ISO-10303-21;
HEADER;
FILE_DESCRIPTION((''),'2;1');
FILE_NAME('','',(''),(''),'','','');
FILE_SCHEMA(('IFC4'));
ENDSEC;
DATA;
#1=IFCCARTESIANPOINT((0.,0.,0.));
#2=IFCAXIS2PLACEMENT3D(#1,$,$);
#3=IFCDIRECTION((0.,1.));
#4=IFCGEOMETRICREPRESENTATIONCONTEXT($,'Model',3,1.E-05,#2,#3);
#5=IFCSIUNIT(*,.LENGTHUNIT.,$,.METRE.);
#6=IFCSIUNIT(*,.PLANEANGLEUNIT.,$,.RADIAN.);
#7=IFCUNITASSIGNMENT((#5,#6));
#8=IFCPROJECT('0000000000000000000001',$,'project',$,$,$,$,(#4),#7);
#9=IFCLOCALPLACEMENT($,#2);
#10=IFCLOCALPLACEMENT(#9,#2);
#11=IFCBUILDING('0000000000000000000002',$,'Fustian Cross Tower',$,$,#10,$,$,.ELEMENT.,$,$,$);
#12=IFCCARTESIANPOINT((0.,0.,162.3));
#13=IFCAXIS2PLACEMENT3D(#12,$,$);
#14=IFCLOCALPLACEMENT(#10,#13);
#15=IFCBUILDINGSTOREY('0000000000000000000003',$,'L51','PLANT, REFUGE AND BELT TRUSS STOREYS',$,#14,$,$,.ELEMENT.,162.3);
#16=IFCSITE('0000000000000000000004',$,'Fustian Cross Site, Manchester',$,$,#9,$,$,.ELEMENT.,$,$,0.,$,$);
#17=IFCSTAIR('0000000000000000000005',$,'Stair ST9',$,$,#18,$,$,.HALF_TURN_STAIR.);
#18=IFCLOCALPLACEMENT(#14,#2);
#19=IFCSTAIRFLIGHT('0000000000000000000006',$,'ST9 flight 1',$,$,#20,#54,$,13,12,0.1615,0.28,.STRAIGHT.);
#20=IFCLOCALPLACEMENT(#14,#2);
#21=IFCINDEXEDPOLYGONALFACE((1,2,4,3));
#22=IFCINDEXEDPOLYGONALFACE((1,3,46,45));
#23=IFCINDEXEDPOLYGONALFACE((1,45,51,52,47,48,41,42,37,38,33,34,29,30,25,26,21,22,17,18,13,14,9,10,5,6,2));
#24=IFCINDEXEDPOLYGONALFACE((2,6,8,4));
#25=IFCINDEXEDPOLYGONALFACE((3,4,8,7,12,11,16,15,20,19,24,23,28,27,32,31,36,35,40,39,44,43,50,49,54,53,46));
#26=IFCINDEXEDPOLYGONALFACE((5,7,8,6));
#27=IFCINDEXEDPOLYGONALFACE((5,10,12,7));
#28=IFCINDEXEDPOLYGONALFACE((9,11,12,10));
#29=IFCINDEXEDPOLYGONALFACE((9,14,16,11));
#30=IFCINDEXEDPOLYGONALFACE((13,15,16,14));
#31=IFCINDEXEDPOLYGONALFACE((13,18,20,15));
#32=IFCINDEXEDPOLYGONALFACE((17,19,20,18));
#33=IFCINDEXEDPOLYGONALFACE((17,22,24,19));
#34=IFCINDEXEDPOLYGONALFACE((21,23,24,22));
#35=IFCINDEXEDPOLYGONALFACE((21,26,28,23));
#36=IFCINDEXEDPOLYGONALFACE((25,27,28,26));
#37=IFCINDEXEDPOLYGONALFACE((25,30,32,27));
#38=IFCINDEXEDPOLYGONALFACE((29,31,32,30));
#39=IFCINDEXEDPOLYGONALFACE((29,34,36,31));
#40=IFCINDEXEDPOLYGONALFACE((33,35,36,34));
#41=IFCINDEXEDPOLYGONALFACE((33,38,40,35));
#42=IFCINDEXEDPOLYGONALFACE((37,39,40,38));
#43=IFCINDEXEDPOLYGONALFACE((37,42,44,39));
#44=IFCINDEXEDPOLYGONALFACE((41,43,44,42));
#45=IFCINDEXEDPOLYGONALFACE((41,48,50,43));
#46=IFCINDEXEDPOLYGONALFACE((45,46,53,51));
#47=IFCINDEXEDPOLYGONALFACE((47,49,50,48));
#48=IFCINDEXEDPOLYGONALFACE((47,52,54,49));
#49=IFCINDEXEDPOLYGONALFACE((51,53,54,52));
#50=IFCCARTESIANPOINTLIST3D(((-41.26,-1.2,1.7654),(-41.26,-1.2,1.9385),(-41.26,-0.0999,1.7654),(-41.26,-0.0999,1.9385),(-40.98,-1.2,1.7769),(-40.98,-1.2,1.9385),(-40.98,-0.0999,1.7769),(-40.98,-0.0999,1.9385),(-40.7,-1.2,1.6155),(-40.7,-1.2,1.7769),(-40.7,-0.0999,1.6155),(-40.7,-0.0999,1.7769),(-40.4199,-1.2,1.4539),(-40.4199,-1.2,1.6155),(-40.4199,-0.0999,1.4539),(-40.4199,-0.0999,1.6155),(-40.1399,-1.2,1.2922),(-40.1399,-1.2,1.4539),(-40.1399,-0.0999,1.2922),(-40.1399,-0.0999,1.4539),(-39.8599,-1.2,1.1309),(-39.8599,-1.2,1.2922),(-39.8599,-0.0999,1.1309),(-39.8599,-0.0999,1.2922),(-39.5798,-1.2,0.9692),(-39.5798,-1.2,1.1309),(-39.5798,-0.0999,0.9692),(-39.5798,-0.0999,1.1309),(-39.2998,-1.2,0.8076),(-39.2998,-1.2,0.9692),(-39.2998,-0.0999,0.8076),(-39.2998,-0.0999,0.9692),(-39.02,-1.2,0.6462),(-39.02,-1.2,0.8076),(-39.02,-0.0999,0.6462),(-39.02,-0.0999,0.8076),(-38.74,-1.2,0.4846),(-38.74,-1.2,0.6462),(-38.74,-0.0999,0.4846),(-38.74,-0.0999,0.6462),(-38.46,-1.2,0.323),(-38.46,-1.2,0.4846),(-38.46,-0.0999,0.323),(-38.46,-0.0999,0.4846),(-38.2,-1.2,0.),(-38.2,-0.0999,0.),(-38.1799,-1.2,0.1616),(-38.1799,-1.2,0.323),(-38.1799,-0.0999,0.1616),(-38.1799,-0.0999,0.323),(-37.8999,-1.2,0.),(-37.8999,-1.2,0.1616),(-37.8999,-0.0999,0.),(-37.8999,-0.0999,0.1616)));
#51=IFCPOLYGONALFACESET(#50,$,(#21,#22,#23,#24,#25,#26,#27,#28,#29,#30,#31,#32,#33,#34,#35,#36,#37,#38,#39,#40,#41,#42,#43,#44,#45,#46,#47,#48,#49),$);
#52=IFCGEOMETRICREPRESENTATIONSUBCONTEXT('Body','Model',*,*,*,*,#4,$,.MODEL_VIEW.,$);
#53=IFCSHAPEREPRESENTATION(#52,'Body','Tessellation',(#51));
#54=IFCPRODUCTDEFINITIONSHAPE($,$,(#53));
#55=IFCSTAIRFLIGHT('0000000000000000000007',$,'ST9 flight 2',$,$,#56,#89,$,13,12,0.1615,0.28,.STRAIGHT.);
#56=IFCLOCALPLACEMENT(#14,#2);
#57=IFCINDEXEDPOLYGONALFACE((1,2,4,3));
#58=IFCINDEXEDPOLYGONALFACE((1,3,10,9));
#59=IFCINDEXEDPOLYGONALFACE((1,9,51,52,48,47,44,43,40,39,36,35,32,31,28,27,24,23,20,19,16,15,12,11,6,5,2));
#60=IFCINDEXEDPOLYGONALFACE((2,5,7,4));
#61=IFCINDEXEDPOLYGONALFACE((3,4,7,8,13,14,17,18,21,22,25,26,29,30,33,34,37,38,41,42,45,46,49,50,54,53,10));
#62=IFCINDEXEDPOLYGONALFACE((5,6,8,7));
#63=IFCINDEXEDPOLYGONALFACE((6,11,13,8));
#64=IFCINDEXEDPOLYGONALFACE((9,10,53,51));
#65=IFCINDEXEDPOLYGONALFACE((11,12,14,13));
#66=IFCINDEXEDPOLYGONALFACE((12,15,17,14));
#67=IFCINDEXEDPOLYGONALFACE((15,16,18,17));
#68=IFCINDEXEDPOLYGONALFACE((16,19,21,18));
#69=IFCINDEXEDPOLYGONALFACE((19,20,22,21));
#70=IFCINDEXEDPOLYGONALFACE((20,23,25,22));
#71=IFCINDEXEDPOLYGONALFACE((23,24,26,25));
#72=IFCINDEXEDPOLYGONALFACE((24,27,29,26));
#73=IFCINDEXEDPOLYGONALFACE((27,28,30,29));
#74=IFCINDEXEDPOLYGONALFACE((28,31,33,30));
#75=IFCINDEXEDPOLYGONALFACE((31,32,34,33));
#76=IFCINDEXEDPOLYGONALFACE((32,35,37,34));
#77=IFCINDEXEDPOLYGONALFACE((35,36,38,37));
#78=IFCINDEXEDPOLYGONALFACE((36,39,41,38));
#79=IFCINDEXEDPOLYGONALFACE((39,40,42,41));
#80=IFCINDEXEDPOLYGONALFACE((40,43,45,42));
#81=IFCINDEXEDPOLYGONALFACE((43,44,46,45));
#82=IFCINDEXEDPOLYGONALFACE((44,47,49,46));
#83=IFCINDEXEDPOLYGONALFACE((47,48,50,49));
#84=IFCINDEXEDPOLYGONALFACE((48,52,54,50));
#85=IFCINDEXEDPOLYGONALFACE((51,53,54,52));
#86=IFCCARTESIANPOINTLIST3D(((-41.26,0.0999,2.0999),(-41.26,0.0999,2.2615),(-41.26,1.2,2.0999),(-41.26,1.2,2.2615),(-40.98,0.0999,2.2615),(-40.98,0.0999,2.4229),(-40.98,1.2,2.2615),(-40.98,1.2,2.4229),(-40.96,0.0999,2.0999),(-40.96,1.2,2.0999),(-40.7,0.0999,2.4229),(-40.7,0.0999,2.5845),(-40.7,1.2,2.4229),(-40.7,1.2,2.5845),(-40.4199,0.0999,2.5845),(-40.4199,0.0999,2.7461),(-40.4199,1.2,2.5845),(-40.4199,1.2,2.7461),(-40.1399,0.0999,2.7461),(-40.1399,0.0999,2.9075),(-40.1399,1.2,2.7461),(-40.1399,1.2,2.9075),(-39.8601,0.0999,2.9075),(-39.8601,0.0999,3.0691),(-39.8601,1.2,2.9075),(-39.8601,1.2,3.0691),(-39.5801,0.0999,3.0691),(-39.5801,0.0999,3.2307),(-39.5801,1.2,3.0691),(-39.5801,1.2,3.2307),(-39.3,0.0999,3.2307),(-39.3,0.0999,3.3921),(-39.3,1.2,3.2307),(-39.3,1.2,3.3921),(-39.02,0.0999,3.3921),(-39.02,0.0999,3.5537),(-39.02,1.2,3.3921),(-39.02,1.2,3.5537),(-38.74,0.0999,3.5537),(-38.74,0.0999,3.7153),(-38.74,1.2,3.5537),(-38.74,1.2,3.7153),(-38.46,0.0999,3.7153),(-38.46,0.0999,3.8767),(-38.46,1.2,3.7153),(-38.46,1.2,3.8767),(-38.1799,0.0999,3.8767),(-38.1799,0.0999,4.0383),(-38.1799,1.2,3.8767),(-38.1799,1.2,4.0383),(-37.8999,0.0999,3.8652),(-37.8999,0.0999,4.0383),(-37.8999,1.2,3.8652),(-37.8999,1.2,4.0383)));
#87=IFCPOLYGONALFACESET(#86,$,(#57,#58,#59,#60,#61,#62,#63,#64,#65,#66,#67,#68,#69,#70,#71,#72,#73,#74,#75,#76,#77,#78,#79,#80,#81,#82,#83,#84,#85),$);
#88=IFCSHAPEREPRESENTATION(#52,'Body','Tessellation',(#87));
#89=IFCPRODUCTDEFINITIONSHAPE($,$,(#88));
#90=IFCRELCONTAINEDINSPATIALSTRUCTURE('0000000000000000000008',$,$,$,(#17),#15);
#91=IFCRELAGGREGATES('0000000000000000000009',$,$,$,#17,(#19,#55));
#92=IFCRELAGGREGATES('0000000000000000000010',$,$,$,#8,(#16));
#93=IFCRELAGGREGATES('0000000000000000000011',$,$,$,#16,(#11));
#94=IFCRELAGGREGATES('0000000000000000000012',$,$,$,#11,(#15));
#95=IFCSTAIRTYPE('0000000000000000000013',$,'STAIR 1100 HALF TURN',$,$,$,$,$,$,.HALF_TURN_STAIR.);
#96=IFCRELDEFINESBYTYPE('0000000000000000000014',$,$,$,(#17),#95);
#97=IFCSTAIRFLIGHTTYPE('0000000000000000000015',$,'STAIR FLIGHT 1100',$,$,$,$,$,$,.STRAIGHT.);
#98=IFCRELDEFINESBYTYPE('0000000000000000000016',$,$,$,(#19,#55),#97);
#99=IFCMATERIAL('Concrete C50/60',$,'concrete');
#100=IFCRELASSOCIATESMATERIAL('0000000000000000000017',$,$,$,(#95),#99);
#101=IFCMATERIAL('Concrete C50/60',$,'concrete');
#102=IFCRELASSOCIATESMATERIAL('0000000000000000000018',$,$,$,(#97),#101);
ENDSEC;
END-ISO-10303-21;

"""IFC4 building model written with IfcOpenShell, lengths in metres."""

from ifc_helpers import new_model, si_unit, direction, frame, origin, place, context, subcontext, project, spatial, polyline, outline, extrude, material, type_object, element, aggregate, save


model = new_model("IFC4")

# Units and contexts
model_context = context("Model", 3, precision=1e-05, world=origin(), true_north=direction((0.0, 1.0)))
body_context = subcontext(model_context, "Body", "Model", "MODEL_VIEW")
ifc_project = project(units=[si_unit("LENGTHUNIT", "METRE"), si_unit("PLANEANGLEUNIT", "RADIAN")], contexts=[model_context])

# Site, building, storey
site_placement = place(None, origin())
site = spatial("IfcSite", under=ifc_project, at=site_placement, Name="Fustian Cross Site, Manchester", CompositionType="ELEMENT", RefElevation=0.0)
building_placement = place(site_placement, origin())
building = spatial("IfcBuilding", under=site, at=building_placement, Name="Fustian Cross Tower", CompositionType="ELEMENT")
storey_placement = place(building_placement, frame((0.0, 0.0, 162.3)))
storey = spatial("IfcBuildingStorey", under=building, at=storey_placement, Name="L51", Description="PLANT, REFUGE AND BELT TRUSS STOREYS", CompositionType="ELEMENT", Elevation=162.3)

# Stair, stair flights
ifc_material_1 = material(Name="Concrete C50/60", Category="concrete")
stair_type = type_object("IfcStairType", Name="STAIR 1100 HALF TURN", PredefinedType="HALF_TURN_STAIR", material=ifc_material_1)
stair_placement = place(storey_placement, origin())
stair = element("IfcStair", 1, at=stair_placement, inside=storey, type_object=stair_type, Name="Stair ST9", PredefinedType="HALF_TURN_STAIR")
ifc_material_2 = material(Name="Concrete C50/60", Category="concrete")
stair_flight_type = type_object("IfcStairFlightType", Name="STAIR FLIGHT 1100", PredefinedType="STRAIGHT", material=ifc_material_2)
stair_flight_1_placement = place(storey_placement, frame((-37.8999, -0.6499, 0.0), z_axis=(0.0, 0.0, 1.0), x_axis=(-1.0, 0.0, 0.0)))
stair_flight_1 = element("IfcStairFlight", 2, at=stair_flight_1_placement, type_object=stair_flight_type, Name="ST9 flight 1", NumberOfRisers=13, NumberOfTreads=12, PredefinedType="STRAIGHT", RiserHeight=0.1615, TreadLength=0.28, context=body_context, shape_type="SweptSolid", body=[
    extrude(outline(polyline([(0.0, 0.0), (0.0, 0.1616), (0.28, 0.1616), (0.28, 0.323), (0.5601, 0.323), (0.5601, 0.4846), (0.8401, 0.4846), (0.8401, 0.6462), (1.1201, 0.6462), (1.1201, 0.8076), (1.3999, 0.8076), (1.3999, 0.9692), (1.6799, 0.9692), (1.6799, 1.1309), (1.96, 1.1309), (1.96, 1.2922), (2.24, 1.2922), (2.24, 1.4539), (2.52, 1.4539), (2.52, 1.6155), (2.8, 1.6155), (2.8, 1.7769), (3.0801, 1.7769), (3.0801, 1.9385), (3.3601, 1.9385), (3.3601, 2.1001), (3.3601, 1.7654), (0.3, 0.0), (0.0, 0.0)])), frame((0.0, 0.55, 0.0), z_axis=(0.0, -1.0, 0.0), x_axis=(1.0, 0.0, 0.0)), (0.0, 0.0, 1.0), 1.1001),
])
stair_flight_2_placement = place(storey_placement, frame((-41.26, 0.6499, 2.0999), z_axis=(0.0, 0.0, 1.0), x_axis=(1.0, 0.0, 0.0)))
stair_flight_2 = element("IfcStairFlight", 3, at=stair_flight_2_placement, type_object=stair_flight_type, Name="ST9 flight 2", NumberOfRisers=13, NumberOfTreads=12, PredefinedType="STRAIGHT", RiserHeight=0.1615, TreadLength=0.28, context=body_context, shape_type="SweptSolid", body=[
    extrude(outline(polyline([(0.0, 0.0), (0.0, 0.1616), (0.28, 0.1616), (0.28, 0.323), (0.5601, 0.323), (0.5601, 0.4846), (0.8401, 0.4846), (0.8401, 0.6462), (1.1201, 0.6462), (1.1201, 0.8076), (1.3999, 0.8076), (1.3999, 0.9692), (1.6799, 0.9692), (1.6799, 1.1309), (1.96, 1.1309), (1.96, 1.2922), (2.24, 1.2922), (2.24, 1.4539), (2.52, 1.4539), (2.52, 1.6155), (2.8, 1.6155), (2.8, 1.7769), (3.0801, 1.7769), (3.0801, 1.9385), (3.3601, 1.9385), (3.3601, 2.1001), (3.3601, 1.7654), (0.3, 0.0), (0.0, 0.0)])), frame((0.0, 0.55, 0.0), z_axis=(0.0, -1.0, 0.0), x_axis=(1.0, 0.0, 0.0)), (0.0, 0.0, 1.0), 1.1001),
])
aggregate(stair, [stair_flight_1, stair_flight_2])

save(model, "model.ifc")
